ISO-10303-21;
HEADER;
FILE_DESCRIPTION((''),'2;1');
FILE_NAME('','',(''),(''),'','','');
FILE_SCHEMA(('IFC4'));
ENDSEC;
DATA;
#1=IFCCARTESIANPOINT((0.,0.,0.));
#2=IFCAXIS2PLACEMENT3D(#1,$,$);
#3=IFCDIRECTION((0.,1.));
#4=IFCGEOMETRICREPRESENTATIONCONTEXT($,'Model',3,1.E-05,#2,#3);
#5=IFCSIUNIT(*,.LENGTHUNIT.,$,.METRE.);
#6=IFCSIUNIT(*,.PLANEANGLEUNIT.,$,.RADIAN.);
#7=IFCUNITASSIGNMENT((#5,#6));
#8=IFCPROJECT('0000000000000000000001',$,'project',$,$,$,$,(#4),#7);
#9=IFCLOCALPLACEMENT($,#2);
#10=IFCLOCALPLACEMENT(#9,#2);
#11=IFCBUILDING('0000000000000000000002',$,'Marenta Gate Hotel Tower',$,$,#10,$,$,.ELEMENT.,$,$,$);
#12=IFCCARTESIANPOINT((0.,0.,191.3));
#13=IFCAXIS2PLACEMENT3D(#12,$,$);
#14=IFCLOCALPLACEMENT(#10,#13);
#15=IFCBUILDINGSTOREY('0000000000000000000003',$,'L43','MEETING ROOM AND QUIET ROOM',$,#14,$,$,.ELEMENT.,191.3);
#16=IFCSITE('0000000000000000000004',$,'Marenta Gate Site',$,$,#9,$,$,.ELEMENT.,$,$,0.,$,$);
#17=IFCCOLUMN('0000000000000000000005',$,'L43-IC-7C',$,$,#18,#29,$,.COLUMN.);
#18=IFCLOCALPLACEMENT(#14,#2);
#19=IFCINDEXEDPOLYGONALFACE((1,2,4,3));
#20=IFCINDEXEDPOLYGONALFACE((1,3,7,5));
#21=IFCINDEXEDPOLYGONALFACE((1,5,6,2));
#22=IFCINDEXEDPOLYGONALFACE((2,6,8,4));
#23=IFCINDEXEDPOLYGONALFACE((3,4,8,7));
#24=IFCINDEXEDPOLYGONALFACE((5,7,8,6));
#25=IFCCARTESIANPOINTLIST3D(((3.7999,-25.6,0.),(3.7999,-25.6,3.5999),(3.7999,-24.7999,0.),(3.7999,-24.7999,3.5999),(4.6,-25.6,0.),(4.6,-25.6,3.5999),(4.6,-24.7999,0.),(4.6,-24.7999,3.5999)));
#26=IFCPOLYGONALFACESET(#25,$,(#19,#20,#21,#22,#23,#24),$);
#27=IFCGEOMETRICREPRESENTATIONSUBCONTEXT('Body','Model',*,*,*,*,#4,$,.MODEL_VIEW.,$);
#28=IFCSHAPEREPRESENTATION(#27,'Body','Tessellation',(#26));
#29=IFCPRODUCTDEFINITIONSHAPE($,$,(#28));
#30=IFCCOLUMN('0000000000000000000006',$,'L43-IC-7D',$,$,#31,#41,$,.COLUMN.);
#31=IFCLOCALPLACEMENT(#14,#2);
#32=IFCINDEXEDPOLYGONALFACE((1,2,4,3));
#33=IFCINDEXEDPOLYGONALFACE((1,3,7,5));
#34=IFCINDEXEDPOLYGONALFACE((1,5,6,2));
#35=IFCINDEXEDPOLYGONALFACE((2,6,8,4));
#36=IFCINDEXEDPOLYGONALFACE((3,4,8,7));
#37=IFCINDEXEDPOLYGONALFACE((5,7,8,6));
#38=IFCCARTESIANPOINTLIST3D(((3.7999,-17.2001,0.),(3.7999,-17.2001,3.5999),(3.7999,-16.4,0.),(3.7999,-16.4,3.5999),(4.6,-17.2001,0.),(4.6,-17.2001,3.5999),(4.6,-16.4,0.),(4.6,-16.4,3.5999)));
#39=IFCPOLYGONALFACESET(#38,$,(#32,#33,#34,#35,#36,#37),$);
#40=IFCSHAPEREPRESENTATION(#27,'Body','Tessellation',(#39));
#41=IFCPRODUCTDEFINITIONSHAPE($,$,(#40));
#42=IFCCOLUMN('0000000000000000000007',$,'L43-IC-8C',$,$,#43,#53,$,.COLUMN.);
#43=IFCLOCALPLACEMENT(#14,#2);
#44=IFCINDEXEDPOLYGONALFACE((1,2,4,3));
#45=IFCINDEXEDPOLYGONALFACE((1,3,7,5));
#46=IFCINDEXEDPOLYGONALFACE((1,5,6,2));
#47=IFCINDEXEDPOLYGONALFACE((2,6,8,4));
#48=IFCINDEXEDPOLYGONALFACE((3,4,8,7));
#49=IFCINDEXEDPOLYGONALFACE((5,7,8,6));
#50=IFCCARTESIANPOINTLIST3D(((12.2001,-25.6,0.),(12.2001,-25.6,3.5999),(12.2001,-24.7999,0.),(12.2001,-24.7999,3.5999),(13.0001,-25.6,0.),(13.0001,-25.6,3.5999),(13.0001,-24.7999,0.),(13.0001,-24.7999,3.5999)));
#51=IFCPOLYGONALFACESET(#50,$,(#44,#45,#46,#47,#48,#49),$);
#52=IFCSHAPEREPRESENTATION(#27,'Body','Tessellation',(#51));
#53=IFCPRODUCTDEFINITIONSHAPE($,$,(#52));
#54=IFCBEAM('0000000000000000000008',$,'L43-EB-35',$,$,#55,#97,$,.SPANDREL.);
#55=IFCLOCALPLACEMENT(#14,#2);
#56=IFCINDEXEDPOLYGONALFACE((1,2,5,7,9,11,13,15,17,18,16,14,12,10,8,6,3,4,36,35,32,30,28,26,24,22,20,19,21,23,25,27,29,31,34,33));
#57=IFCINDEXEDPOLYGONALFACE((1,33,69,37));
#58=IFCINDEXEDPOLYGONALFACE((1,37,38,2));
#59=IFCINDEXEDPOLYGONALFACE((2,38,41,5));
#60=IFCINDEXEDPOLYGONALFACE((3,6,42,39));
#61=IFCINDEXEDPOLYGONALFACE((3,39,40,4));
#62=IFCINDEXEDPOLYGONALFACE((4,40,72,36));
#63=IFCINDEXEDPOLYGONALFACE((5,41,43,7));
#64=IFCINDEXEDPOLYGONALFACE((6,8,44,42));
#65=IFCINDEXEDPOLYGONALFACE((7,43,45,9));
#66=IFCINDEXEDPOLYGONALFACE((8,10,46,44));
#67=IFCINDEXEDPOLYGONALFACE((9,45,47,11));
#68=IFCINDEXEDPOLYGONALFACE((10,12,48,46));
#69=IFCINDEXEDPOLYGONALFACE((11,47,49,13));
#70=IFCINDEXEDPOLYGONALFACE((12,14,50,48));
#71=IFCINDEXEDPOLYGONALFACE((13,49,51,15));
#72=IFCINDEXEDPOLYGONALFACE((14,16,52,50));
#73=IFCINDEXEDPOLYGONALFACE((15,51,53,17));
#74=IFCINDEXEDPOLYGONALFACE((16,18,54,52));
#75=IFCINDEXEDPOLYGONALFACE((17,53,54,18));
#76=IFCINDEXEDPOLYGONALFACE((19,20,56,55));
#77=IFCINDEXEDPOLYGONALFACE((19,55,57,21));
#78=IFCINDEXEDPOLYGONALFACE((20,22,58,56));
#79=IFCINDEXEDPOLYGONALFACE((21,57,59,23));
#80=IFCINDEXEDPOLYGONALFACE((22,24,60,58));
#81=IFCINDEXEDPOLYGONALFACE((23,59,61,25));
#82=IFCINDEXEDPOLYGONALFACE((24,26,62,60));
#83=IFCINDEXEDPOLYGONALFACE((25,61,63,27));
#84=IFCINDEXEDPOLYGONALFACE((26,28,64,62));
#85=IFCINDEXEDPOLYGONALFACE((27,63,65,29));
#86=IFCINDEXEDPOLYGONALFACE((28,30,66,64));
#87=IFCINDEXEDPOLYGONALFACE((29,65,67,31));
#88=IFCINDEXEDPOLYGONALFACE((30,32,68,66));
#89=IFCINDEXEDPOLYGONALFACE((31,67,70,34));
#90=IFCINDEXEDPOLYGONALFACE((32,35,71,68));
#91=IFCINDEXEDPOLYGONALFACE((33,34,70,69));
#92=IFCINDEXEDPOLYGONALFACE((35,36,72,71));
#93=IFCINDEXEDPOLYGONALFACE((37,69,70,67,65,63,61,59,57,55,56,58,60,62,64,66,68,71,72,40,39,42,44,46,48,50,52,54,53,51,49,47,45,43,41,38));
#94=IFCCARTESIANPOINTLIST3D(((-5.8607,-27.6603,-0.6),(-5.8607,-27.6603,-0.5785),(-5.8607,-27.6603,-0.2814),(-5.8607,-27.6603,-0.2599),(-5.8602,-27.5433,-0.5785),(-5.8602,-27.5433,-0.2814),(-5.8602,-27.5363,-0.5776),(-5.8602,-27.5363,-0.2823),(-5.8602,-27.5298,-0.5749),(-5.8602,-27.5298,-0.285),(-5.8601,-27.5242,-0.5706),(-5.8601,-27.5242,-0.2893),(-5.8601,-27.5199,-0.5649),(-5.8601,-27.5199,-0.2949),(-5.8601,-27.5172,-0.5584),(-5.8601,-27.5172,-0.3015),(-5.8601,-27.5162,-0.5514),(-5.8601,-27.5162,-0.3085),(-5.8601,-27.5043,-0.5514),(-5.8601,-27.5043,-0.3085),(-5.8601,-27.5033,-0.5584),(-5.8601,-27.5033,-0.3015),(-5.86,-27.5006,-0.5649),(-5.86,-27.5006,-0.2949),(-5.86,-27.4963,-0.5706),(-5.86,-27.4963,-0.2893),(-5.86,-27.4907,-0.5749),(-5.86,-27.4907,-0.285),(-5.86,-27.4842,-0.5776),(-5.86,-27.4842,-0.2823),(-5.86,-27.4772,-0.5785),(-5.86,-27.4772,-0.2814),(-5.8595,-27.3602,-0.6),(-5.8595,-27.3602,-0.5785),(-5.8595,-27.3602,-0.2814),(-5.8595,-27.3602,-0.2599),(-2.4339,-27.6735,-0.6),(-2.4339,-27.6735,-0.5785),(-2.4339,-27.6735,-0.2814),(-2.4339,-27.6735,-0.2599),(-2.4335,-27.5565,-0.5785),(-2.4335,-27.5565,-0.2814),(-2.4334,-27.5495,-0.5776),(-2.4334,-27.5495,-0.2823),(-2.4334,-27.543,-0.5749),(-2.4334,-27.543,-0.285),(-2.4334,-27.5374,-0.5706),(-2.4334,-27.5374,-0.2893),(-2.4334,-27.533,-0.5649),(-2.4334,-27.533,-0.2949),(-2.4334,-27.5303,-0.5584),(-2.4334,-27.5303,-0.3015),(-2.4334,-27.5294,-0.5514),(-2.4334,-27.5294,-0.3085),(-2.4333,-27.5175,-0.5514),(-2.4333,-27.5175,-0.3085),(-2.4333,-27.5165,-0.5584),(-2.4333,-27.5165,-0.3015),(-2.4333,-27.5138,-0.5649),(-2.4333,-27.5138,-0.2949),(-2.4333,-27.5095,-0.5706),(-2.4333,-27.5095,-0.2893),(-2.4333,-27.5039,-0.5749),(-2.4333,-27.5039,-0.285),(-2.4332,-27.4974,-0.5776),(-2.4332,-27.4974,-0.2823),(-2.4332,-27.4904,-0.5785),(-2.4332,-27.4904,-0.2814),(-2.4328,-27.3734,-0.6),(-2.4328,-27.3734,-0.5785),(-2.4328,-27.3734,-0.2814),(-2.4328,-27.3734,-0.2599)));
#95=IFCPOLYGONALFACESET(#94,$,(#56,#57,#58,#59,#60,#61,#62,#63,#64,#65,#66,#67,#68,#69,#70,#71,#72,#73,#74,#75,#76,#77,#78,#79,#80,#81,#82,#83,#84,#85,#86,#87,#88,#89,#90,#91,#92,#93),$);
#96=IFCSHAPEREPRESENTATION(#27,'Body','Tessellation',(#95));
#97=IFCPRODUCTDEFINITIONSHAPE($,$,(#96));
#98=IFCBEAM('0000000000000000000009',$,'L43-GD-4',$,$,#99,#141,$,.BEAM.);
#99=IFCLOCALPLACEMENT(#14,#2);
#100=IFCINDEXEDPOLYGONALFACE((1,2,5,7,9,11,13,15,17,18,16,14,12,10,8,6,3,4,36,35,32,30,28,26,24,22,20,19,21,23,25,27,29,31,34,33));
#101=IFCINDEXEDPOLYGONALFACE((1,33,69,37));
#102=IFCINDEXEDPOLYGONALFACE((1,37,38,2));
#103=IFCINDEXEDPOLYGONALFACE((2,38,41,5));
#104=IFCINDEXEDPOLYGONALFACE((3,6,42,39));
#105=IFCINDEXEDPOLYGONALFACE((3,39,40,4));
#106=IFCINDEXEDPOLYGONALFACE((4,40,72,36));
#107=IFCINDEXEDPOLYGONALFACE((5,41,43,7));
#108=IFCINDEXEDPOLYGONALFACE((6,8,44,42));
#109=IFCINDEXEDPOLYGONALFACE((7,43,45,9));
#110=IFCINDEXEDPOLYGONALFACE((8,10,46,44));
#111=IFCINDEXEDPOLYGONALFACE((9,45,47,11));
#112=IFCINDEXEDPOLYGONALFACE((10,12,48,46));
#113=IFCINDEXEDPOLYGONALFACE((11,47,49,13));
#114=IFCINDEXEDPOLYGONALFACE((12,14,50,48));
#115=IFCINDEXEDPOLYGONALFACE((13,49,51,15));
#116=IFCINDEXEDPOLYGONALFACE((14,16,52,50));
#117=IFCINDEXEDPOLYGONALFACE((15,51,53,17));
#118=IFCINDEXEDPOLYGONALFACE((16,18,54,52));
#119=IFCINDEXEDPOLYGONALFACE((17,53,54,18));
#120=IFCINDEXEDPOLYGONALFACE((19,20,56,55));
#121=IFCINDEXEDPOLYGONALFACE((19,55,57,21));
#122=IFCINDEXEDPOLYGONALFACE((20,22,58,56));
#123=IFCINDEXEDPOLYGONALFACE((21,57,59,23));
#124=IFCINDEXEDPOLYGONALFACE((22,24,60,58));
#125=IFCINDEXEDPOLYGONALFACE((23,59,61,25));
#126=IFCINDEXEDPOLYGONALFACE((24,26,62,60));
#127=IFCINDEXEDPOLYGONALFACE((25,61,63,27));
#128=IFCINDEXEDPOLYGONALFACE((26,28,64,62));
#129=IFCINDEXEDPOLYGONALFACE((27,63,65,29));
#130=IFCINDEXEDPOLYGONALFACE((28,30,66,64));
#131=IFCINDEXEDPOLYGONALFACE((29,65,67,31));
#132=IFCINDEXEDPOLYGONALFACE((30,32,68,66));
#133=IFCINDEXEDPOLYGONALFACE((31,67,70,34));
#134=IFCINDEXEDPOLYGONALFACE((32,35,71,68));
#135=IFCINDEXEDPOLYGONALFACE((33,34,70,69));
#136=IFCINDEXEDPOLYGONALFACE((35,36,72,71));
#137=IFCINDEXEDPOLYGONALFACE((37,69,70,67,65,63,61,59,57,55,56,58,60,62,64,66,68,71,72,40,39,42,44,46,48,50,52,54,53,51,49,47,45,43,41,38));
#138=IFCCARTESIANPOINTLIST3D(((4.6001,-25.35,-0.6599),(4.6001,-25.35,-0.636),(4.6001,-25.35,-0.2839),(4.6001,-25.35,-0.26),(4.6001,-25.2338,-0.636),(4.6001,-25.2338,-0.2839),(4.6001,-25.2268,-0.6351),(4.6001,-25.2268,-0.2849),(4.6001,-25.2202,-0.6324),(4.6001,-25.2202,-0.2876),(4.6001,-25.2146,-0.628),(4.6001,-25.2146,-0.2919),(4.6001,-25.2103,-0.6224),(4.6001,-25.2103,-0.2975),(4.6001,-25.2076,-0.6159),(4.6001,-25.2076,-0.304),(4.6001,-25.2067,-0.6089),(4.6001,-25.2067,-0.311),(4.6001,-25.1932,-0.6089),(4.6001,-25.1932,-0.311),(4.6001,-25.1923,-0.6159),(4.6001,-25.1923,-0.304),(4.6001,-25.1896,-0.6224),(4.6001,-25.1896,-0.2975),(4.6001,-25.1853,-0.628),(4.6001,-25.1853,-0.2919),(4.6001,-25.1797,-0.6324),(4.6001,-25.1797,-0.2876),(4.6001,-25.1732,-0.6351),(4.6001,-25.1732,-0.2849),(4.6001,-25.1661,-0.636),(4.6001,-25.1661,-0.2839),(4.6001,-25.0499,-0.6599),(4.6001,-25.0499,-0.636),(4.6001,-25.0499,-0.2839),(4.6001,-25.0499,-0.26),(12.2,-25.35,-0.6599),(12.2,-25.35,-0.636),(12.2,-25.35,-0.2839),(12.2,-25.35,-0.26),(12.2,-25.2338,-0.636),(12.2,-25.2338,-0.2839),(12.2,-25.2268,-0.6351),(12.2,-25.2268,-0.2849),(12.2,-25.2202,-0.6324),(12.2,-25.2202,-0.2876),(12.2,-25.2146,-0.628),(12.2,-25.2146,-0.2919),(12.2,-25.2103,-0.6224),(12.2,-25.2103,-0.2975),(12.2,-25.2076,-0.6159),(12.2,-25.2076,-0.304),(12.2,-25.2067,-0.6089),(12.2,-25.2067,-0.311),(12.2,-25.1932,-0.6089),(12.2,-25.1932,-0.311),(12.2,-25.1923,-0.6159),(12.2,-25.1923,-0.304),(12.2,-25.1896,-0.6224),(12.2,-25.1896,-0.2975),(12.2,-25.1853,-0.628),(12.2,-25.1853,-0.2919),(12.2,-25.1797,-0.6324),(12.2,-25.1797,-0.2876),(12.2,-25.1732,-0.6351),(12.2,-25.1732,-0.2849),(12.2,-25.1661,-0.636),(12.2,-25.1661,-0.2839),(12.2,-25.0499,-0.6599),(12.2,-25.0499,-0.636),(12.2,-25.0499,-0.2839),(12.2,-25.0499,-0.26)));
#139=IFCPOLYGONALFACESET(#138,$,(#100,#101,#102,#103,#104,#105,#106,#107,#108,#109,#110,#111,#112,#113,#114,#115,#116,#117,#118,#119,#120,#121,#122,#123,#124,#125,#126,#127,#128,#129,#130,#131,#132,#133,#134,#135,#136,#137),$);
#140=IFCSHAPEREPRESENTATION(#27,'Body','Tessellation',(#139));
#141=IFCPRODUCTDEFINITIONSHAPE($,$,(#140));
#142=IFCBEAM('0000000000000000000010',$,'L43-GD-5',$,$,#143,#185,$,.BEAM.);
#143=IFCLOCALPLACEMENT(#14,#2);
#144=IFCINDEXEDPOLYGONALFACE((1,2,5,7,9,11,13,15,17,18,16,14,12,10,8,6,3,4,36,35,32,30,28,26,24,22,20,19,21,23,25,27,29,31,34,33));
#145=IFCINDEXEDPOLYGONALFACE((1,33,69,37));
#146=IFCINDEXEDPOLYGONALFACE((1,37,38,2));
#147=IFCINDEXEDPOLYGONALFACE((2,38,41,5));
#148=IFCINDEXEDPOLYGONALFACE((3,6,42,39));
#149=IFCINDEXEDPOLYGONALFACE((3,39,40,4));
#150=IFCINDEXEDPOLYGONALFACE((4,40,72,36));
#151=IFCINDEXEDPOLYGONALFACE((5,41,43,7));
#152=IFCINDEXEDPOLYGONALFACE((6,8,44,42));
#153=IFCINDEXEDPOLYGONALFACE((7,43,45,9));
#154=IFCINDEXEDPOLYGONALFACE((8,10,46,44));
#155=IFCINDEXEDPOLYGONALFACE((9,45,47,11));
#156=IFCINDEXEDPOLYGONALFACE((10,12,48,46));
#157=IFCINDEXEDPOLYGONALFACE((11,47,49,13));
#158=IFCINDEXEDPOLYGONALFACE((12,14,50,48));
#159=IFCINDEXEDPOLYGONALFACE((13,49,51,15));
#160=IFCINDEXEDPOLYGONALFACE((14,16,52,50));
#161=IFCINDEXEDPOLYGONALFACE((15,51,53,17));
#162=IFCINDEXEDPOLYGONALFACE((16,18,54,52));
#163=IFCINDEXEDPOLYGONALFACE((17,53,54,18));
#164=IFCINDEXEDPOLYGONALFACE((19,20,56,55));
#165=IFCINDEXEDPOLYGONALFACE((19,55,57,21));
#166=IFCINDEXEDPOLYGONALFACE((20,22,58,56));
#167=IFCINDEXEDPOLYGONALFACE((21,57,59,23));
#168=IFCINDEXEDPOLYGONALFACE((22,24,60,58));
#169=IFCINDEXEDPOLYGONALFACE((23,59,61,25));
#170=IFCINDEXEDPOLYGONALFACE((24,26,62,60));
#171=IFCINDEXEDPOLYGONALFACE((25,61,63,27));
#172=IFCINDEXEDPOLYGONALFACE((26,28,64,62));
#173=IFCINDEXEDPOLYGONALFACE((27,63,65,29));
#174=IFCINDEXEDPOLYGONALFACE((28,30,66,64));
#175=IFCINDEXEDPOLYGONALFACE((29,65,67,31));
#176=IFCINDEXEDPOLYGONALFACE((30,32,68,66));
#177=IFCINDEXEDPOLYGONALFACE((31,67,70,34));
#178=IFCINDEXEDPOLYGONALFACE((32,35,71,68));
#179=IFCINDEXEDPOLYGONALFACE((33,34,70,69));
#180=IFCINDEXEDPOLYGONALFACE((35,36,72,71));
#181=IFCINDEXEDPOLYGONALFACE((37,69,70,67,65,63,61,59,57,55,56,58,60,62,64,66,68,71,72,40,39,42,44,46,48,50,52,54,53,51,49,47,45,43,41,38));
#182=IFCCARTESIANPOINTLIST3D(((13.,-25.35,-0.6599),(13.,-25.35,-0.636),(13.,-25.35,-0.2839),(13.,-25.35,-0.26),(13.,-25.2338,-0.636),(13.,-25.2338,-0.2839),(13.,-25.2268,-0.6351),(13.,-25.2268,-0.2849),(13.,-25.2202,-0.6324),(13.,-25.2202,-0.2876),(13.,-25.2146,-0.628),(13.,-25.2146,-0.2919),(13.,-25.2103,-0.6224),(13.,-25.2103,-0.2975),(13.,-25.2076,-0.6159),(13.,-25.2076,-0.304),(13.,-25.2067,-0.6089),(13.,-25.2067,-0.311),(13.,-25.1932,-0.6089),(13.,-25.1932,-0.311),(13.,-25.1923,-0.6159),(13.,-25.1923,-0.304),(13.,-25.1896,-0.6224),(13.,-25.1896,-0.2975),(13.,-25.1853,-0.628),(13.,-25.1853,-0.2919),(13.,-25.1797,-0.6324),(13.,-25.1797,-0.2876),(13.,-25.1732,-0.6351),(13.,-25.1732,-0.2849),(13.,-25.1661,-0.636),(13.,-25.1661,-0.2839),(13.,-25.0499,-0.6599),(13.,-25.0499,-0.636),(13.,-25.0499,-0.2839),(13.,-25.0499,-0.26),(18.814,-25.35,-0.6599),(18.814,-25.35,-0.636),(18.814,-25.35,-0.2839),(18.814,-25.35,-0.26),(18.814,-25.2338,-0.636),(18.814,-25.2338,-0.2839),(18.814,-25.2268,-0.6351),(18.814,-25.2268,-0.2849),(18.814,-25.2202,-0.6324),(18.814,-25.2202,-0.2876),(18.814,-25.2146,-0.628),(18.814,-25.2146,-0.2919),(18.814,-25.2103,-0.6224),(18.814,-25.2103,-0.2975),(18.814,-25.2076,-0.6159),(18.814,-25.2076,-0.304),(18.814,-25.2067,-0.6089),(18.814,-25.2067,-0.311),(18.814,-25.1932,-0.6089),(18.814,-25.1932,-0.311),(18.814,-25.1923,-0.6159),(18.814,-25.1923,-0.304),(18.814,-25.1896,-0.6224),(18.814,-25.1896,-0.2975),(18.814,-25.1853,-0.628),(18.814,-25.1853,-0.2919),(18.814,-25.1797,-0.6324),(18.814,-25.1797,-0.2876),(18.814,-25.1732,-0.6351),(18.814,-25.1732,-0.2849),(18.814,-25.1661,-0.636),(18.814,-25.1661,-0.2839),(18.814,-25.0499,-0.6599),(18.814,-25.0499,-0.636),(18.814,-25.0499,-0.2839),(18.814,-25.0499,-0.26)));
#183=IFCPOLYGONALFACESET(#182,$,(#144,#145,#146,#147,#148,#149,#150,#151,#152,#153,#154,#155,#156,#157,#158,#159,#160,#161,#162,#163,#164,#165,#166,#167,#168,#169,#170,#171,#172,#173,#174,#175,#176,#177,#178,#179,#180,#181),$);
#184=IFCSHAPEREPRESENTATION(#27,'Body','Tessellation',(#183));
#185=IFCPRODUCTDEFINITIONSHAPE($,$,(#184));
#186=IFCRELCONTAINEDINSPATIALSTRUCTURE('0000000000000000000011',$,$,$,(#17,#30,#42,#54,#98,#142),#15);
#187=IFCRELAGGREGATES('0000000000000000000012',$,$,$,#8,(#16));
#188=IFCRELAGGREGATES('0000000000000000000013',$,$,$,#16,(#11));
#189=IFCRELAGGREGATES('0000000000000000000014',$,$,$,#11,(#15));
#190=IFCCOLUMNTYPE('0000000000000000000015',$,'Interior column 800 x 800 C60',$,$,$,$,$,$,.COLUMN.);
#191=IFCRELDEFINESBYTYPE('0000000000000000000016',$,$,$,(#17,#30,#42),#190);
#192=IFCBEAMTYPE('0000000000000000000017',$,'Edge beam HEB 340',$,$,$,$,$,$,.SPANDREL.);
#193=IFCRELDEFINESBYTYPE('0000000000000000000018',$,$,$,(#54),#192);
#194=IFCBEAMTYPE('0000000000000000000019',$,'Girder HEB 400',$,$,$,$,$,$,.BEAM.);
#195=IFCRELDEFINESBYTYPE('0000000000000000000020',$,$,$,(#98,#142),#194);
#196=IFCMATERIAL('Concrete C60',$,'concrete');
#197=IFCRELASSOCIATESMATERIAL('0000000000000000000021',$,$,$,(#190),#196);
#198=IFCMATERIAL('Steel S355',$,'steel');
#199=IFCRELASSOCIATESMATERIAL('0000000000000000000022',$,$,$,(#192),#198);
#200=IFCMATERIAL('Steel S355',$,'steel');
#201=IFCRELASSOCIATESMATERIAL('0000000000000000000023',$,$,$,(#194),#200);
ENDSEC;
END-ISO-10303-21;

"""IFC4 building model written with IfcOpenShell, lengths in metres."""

from ifc_helpers import new_model, si_unit, direction, frame, origin, origin_2d, place, context, subcontext, project, spatial, rectangle, i_section, extrude, material, material_profile, profile_set, type_object, element, save


model = new_model("IFC4")

# Units and contexts
model_context = context("Model", 3, precision=1e-05, world=origin(), true_north=direction((0.0, 1.0)))
body_context = subcontext(model_context, "Body", "Model", "MODEL_VIEW")
ifc_project = project(units=[si_unit("LENGTHUNIT", "METRE"), si_unit("PLANEANGLEUNIT", "RADIAN")], contexts=[model_context])

# Site, building, storey
site_placement = place(None, origin())
site = spatial("IfcSite", under=ifc_project, at=site_placement, Name="Marenta Gate Site", CompositionType="ELEMENT", RefElevation=0.0)
building_placement = place(site_placement, origin())
building = spatial("IfcBuilding", under=site, at=building_placement, Name="Marenta Gate Hotel Tower", CompositionType="ELEMENT")
storey_placement = place(building_placement, frame((0.0, 0.0, 191.3)))
storey = spatial("IfcBuildingStorey", under=building, at=storey_placement, Name="L43", Description="MEETING ROOM AND QUIET ROOM", CompositionType="ELEMENT", Elevation=191.3)

# Columns
ifc_material_1 = material(Name="Concrete C60", Category="concrete")
ifc_material_profile_1 = material_profile(ifc_material_1, rectangle(XDim=0.8, YDim=0.8, at=origin_2d()), Name="800 x 800")
ifc_profile_set_1 = profile_set([ifc_material_profile_1], Name="Concrete C60")
column_type = type_object("IfcColumnType", Name="Interior column 800 x 800 C60", PredefinedType="COLUMN", material=ifc_profile_set_1)
for number, where, z_axis, x_axis, name in (
    (1, (4.2, -25.2, 0.0), (0.0, 0.0, 1.0), (1.0, 0.0, 0.0), "L43-IC-7C"),
    (2, (4.2, -16.8, 0.0), (0.0, 0.0, 1.0), (1.0, 0.0, 0.0), "L43-IC-7D"),
    (3, (12.6001, -25.2, 0.0), (0.0, 0.0, 1.0), (1.0, 0.0, 0.0), "L43-IC-8C"),
):
    element("IfcColumn", number, at=place(storey_placement, frame(where, z_axis=z_axis, x_axis=x_axis)), inside=storey, type_object=column_type, Name=name, PredefinedType="COLUMN", context=body_context, shape_type="SweptSolid", body=[
        extrude(rectangle(XDim=0.8, YDim=0.8, at=origin_2d()), origin(), (0.0, 0.0, 1.0), 3.5999),
    ])

# Beams
ifc_material_2 = material(Name="Steel S355", Category="steel")
ifc_material_profile_2 = material_profile(ifc_material_2, i_section(OverallWidth=0.3, OverallDepth=0.3401, WebThickness=0.012, FlangeThickness=0.0215, FilletRadius=0.0271, at=origin_2d()), Name="HEB 340")
ifc_profile_set_2 = profile_set([ifc_material_profile_2], Name="Steel S355")
beam_type_1 = type_object("IfcBeamType", Name="Edge beam HEB 340", PredefinedType="SPANDREL", material=ifc_profile_set_2)
beam_1_placement = place(storey_placement, frame((-2.4333, -27.5234, -0.4299), z_axis=(-0.999993, 0.003847, 0.0), x_axis=(-0.003847, -0.999993, 0.0)))
element("IfcBeam", 4, at=beam_1_placement, inside=storey, type_object=beam_type_1, Name="L43-EB-35", PredefinedType="SPANDREL", context=body_context, shape_type="SweptSolid", body=[
    extrude(i_section(OverallWidth=0.3, OverallDepth=0.3401, WebThickness=0.012, FlangeThickness=0.0215, FilletRadius=0.0271, at=origin_2d()), origin(), (0.0, 0.0, 1.0), 3.4268),
])
ifc_material_3 = material(Name="Steel S355", Category="steel")
ifc_material_profile_3 = material_profile(ifc_material_3, i_section(OverallWidth=0.3, OverallDepth=0.3999, WebThickness=0.0134, FlangeThickness=0.0239, FilletRadius=0.0271, at=origin_2d()), Name="HEB 400")
ifc_profile_set_3 = profile_set([ifc_material_profile_3], Name="Steel S355")
beam_type_2 = type_object("IfcBeamType", Name="Girder HEB 400", PredefinedType="BEAM", material=ifc_profile_set_3)
beam_2_placement = place(storey_placement, frame((4.6001, -25.2, -0.46), z_axis=(1.0, 0.0, 0.0), x_axis=(0.0, 1.0, 0.0)))
element("IfcBeam", 5, at=beam_2_placement, inside=storey, type_object=beam_type_2, Name="L43-GD-4", PredefinedType="BEAM", context=body_context, shape_type="SweptSolid", body=[
    extrude(i_section(OverallWidth=0.3, OverallDepth=0.3999, WebThickness=0.0134, FlangeThickness=0.0239, FilletRadius=0.0271, at=origin_2d()), origin(), (0.0, 0.0, 1.0), 7.5999),
])
beam_3_placement = place(storey_placement, frame((13.0, -25.2, -0.46), z_axis=(1.0, 0.0, 0.0), x_axis=(0.0, 1.0, 0.0)))
element("IfcBeam", 6, at=beam_3_placement, inside=storey, type_object=beam_type_2, Name="L43-GD-5", PredefinedType="BEAM", context=body_context, shape_type="SweptSolid", body=[
    extrude(i_section(OverallWidth=0.3, OverallDepth=0.3999, WebThickness=0.0134, FlangeThickness=0.0239, FilletRadius=0.0271, at=origin_2d()), origin(), (0.0, 0.0, 1.0), 5.814),
])

save(model, "model.ifc")
